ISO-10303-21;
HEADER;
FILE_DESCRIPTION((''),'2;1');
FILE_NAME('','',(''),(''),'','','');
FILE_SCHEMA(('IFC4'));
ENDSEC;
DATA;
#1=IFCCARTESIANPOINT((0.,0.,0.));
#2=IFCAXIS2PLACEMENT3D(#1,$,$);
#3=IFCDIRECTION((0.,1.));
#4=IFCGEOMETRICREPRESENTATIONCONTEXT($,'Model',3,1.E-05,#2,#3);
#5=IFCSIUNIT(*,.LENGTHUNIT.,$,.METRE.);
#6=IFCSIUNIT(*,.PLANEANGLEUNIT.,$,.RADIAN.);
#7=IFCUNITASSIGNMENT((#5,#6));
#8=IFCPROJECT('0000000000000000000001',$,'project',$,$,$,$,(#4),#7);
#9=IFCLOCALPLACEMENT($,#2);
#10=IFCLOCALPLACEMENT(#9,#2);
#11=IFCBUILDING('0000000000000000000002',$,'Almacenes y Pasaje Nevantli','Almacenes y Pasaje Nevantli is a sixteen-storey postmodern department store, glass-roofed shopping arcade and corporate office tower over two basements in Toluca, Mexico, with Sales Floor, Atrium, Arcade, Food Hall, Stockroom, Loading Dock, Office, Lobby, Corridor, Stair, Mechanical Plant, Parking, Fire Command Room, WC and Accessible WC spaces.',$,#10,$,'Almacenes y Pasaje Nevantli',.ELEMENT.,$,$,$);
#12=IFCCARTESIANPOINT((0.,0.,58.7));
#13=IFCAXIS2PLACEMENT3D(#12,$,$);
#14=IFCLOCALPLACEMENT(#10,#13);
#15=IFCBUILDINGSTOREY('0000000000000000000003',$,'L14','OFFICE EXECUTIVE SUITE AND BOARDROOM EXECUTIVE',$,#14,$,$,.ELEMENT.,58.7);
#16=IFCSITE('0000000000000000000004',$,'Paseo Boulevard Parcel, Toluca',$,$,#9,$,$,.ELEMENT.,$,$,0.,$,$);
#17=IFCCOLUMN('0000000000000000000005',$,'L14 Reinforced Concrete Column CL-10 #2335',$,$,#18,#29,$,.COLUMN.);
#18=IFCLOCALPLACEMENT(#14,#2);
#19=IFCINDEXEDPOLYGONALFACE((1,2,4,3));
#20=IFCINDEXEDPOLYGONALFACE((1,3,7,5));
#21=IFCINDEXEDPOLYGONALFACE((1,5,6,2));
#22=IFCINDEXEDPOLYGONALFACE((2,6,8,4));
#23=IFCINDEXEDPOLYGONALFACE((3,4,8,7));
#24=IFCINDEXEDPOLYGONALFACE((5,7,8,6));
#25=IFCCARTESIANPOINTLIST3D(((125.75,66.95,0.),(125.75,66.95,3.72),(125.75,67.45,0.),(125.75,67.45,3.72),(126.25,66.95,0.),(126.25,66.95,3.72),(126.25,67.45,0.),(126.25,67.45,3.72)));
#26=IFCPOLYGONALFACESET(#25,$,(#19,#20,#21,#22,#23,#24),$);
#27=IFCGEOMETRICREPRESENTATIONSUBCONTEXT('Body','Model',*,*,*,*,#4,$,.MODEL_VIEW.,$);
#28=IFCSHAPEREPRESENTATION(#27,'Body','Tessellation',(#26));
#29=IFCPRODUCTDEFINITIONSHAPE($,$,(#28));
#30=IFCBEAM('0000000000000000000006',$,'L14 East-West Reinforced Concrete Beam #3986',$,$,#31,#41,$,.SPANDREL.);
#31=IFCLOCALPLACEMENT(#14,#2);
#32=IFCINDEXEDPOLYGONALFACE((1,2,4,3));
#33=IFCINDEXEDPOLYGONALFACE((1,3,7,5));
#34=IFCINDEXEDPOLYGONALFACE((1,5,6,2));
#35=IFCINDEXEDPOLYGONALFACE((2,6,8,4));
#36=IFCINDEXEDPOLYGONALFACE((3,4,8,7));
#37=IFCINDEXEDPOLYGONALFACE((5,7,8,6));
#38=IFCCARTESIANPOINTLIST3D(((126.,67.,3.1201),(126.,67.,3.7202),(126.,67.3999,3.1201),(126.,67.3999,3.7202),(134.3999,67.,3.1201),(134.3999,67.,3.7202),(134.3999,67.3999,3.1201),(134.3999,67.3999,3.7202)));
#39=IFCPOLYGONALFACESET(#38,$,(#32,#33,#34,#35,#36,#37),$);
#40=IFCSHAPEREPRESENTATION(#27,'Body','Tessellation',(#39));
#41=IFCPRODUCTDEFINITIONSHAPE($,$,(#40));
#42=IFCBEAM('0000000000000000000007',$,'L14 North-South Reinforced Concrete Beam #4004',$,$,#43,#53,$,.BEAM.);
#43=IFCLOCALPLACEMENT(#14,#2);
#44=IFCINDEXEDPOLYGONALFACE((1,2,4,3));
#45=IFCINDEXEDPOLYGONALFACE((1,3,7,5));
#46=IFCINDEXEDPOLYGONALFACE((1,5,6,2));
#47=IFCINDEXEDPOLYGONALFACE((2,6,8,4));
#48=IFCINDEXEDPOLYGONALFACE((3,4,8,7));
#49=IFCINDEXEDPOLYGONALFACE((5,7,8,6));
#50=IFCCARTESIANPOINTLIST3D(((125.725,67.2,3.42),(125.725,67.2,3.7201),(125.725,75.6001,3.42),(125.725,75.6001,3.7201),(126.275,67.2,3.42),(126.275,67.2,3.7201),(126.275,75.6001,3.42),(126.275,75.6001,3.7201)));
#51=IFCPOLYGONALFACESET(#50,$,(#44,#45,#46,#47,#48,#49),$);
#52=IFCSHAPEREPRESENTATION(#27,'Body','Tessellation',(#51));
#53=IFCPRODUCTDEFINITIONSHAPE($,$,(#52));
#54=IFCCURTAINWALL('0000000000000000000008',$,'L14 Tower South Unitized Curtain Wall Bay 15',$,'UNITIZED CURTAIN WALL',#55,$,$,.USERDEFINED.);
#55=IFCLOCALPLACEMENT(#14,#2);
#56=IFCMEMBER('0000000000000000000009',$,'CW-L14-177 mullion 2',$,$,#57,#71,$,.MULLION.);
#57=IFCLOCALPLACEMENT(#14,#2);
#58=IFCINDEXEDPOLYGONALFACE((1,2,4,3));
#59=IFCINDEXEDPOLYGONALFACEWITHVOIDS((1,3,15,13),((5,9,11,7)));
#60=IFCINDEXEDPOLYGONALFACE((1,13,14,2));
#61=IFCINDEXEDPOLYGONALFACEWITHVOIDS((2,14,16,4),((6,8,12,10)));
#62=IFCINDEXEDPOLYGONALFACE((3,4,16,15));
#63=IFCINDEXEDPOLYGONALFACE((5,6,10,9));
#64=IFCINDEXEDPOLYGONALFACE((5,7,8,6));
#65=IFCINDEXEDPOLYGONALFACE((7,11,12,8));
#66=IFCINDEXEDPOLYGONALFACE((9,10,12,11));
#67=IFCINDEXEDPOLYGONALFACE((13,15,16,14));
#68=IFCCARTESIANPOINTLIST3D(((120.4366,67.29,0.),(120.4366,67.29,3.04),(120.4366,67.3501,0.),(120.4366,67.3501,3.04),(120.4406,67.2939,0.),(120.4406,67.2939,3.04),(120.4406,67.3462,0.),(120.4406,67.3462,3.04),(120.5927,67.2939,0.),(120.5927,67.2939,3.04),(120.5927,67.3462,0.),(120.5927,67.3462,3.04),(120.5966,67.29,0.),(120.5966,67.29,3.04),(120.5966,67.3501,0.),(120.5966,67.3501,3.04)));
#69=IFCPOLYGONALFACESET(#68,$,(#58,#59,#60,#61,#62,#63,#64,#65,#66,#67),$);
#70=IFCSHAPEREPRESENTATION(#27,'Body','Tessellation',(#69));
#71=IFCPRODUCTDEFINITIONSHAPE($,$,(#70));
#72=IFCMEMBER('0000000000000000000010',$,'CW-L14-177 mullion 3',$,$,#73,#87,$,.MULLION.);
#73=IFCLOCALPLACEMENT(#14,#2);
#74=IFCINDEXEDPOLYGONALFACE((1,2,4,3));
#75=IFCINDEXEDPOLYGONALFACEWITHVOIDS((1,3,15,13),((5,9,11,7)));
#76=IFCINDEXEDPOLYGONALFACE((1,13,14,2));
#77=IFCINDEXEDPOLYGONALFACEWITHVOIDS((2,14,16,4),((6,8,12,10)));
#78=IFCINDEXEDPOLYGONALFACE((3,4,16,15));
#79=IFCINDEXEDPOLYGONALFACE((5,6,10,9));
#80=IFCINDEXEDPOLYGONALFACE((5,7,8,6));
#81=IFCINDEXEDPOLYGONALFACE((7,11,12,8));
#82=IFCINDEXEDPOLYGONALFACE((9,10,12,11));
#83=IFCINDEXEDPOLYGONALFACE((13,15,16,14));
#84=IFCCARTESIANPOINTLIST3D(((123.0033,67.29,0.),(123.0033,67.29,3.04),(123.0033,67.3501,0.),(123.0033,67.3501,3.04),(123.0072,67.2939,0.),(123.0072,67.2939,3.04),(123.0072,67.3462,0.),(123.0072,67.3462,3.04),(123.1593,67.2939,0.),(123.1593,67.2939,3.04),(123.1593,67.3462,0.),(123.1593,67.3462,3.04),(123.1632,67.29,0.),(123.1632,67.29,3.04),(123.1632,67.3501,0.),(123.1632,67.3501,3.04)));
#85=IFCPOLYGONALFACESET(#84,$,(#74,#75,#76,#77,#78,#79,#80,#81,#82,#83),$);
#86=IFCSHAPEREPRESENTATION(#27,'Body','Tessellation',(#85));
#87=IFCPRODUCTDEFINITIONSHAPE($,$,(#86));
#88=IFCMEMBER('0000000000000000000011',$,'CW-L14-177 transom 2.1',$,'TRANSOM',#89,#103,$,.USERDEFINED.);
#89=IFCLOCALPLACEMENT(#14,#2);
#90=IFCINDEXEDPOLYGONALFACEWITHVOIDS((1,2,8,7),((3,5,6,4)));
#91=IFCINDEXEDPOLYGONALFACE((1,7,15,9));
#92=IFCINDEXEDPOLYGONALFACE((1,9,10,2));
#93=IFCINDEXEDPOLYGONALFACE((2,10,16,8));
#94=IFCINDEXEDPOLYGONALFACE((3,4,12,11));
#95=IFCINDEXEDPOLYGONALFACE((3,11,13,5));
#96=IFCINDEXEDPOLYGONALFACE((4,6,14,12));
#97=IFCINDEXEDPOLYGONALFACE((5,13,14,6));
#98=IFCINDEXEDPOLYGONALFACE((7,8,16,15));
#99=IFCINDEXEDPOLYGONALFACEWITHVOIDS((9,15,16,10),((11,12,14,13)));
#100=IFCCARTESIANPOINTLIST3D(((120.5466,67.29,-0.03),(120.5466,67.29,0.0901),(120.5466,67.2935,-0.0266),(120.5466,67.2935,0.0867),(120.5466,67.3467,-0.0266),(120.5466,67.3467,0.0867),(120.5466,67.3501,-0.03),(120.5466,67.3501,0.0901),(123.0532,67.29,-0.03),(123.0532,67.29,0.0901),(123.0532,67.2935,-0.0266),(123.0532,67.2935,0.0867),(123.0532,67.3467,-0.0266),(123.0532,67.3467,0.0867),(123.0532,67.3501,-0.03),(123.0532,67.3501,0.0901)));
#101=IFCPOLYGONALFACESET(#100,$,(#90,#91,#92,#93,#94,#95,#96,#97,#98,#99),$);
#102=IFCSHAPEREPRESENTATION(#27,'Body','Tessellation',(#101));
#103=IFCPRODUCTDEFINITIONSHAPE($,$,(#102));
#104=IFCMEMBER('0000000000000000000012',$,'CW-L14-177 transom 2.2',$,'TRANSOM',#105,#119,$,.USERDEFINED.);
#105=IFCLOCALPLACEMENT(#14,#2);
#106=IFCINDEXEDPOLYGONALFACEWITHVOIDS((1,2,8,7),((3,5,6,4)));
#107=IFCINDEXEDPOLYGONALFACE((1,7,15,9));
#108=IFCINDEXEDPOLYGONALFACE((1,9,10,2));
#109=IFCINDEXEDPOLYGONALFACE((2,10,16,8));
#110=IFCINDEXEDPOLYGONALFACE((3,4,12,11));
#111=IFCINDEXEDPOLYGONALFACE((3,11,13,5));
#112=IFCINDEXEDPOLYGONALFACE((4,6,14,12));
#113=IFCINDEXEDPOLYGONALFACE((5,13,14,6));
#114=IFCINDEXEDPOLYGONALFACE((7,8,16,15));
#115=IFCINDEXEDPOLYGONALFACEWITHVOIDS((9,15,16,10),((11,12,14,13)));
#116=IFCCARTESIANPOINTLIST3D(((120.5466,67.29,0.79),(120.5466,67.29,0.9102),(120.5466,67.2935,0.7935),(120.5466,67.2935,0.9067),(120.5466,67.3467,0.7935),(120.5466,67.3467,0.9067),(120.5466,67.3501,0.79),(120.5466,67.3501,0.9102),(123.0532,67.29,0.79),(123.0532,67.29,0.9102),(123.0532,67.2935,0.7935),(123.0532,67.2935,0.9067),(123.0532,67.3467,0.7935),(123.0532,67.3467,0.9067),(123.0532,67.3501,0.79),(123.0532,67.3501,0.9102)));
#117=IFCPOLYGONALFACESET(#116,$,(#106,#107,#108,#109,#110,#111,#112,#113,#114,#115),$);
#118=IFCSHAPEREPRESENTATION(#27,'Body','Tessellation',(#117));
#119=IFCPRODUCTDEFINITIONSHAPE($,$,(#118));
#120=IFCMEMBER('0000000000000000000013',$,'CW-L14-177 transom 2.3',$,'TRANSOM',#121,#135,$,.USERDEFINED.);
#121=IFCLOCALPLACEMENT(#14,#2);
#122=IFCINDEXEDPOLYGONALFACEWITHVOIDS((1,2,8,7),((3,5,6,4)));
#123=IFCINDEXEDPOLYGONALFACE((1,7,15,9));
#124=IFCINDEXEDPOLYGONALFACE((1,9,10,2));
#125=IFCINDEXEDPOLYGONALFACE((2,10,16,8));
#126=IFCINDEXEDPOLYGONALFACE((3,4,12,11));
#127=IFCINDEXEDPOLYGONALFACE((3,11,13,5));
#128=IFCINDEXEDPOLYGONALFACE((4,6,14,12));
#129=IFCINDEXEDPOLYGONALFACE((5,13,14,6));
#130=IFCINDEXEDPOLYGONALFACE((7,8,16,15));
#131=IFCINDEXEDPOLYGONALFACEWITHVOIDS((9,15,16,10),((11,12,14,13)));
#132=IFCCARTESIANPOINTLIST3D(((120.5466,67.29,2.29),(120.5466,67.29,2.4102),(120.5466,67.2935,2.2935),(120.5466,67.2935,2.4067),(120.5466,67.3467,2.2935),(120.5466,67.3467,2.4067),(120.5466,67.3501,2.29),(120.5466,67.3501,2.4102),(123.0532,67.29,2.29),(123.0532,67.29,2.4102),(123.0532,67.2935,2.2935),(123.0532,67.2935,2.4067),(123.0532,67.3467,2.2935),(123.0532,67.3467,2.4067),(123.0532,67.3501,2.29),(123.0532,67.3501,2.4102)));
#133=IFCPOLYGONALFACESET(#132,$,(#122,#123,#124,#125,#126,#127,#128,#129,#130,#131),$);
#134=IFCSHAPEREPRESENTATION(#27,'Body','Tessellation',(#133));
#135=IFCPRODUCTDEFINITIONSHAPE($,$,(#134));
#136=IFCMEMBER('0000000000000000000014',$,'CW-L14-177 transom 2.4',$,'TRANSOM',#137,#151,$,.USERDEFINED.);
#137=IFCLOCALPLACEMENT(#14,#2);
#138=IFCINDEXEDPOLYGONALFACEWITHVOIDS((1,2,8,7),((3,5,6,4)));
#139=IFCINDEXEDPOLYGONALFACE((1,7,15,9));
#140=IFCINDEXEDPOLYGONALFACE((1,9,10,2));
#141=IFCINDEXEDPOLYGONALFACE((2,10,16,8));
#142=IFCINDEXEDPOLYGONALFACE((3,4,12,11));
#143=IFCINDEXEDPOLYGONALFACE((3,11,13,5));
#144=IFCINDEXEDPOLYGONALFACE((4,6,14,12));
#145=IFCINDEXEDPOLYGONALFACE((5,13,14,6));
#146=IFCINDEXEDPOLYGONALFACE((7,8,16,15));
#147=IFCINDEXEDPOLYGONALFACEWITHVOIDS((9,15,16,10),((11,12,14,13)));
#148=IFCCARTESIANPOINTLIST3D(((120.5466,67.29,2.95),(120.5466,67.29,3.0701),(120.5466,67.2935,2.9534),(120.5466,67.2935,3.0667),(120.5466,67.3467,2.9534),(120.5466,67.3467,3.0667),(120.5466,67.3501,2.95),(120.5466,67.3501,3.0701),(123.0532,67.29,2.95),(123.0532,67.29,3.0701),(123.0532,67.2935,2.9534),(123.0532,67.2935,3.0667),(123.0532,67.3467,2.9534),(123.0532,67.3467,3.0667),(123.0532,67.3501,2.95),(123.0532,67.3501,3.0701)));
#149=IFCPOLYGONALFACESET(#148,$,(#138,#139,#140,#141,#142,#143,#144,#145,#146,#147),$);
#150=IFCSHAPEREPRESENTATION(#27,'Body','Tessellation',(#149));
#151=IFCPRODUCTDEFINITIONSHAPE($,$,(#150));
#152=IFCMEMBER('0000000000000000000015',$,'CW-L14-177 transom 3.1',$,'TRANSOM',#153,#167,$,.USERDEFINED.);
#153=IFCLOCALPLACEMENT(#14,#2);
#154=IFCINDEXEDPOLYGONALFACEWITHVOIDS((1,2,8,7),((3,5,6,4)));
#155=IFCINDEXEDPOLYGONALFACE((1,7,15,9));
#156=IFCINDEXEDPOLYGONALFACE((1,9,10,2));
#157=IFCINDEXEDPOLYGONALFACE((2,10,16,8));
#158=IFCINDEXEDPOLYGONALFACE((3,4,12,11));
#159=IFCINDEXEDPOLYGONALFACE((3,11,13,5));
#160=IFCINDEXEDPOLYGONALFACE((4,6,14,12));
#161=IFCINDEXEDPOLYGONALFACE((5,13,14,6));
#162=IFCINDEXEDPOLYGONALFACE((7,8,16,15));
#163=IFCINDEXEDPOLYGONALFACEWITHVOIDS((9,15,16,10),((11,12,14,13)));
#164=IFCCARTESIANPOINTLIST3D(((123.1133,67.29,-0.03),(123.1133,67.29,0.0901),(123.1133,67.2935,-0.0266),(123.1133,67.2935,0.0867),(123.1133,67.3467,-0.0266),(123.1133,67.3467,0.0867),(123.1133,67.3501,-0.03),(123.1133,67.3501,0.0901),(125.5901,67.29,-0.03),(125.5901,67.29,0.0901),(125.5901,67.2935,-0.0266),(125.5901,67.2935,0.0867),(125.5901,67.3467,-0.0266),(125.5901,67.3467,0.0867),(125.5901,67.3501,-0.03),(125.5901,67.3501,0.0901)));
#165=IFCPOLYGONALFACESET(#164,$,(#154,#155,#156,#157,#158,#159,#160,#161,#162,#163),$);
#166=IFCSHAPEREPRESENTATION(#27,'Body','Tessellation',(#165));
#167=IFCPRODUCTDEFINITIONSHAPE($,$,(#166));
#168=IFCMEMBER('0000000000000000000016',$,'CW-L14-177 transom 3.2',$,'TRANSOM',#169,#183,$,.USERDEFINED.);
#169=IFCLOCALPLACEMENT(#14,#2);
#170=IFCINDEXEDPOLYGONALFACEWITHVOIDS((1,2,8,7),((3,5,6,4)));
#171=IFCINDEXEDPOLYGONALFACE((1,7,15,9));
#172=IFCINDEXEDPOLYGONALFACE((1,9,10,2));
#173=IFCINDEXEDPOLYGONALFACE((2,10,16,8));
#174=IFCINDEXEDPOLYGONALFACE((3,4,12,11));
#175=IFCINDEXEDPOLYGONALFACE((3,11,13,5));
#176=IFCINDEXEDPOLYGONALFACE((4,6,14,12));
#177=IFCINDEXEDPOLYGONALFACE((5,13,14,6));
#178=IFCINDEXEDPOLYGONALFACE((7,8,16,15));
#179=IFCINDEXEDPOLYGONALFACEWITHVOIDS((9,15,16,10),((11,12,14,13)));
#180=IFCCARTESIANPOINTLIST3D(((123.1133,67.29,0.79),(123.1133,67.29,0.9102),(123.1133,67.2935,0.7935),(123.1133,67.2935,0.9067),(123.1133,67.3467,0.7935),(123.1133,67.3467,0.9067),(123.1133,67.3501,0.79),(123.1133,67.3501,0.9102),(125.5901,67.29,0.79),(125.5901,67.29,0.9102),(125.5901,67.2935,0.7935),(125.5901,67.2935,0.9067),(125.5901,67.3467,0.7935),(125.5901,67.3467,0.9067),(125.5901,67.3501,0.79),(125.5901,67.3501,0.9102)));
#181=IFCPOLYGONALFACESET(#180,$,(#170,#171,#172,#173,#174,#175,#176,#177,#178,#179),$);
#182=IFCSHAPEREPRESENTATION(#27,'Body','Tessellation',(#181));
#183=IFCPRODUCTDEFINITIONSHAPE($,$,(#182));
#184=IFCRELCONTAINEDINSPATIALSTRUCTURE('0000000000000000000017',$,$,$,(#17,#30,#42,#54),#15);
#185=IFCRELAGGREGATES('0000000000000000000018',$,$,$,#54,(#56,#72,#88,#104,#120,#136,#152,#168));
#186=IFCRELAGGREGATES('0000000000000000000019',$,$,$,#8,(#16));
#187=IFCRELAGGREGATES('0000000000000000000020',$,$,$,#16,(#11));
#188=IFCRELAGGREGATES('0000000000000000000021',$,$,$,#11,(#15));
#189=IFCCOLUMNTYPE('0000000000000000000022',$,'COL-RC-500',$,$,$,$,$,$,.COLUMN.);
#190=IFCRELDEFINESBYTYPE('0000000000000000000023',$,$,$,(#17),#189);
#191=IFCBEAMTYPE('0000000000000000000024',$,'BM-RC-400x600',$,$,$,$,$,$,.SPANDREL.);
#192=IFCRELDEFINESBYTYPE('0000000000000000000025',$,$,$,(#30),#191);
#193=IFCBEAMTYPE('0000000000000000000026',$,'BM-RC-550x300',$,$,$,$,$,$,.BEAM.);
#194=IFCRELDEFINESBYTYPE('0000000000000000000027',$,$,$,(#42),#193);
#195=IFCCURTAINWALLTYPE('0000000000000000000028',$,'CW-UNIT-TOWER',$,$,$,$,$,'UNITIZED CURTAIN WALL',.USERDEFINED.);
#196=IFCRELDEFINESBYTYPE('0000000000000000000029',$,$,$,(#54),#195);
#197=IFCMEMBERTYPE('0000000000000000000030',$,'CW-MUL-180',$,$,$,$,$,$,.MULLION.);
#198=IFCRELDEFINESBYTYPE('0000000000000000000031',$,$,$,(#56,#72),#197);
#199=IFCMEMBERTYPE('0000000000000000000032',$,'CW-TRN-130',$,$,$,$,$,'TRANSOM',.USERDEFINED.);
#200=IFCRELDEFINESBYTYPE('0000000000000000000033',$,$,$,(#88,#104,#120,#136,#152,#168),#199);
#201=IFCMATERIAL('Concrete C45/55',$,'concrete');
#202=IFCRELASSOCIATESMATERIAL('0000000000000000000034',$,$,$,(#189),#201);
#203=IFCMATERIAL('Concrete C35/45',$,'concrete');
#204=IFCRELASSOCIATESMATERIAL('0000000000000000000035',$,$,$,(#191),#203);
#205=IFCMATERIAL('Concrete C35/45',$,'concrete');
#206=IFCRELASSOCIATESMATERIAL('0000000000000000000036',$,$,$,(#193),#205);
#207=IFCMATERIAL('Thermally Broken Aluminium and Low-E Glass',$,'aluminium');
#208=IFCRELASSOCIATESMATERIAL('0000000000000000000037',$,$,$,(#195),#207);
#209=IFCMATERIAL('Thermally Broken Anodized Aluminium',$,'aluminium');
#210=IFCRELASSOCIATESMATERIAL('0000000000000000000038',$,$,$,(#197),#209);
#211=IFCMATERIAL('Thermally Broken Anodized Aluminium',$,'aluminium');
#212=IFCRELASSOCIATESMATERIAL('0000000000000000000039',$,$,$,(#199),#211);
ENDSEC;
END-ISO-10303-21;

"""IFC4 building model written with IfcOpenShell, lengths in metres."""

from ifc_helpers import new_model, si_unit, direction, frame, origin, origin_2d, place, context, subcontext, project, spatial, rectangle, hollow_rectangle, extrude, material, material_profile, profile_set, type_object, element, aggregate, save


model = new_model("IFC4")

# Units and contexts
model_context = context("Model", 3, precision=1e-05, world=origin(), true_north=direction((0.0, 1.0)))
body_context = subcontext(model_context, "Body", "Model", "MODEL_VIEW")
ifc_project = project(units=[si_unit("LENGTHUNIT", "METRE"), si_unit("PLANEANGLEUNIT", "RADIAN")], contexts=[model_context])

# Site, building, storey
site_placement = place(None, origin())
site = spatial("IfcSite", under=ifc_project, at=site_placement, Name="Paseo Boulevard Parcel, Toluca", CompositionType="ELEMENT", RefElevation=0.0)
building_placement = place(site_placement, origin())
building = spatial("IfcBuilding", under=site, at=building_placement, Name="Almacenes y Pasaje Nevantli", Description="Almacenes y Pasaje Nevantli is a sixteen-storey postmodern department store, glass-roofed shopping arcade and corporate office tower over two basements in Toluca, Mexico, with Sales Floor, Atrium, Arcade, Food Hall, Stockroom, Loading Dock, Office, Lobby, Corridor, Stair, Mechanical Plant, Parking, Fire Command Room, WC and Accessible WC spaces.", LongName="Almacenes y Pasaje Nevantli", CompositionType="ELEMENT")
storey_placement = place(building_placement, frame((0.0, 0.0, 58.7)))
storey = spatial("IfcBuildingStorey", under=building, at=storey_placement, Name="L14", Description="OFFICE EXECUTIVE SUITE AND BOARDROOM EXECUTIVE", CompositionType="ELEMENT", Elevation=58.7)

# Column
ifc_material_1 = material(Name="Concrete C45/55", Category="concrete")
ifc_material_profile_1 = material_profile(ifc_material_1, rectangle(XDim=0.5, YDim=0.5, at=origin_2d()), Name="RC-COL-500x500")
ifc_profile_set_1 = profile_set([ifc_material_profile_1], Name="Concrete C45/55")
column_type = type_object("IfcColumnType", Name="COL-RC-500", PredefinedType="COLUMN", material=ifc_profile_set_1)
column_placement = place(storey_placement, frame((126.0, 67.2, 0.0), z_axis=(0.0, 0.0, 1.0), x_axis=(1.0, 0.0, 0.0)))
element("IfcColumn", 1, at=column_placement, inside=storey, type_object=column_type, Name="L14 Reinforced Concrete Column CL-10 #2335", PredefinedType="COLUMN", context=body_context, shape_type="SweptSolid", body=[
    extrude(rectangle(XDim=0.5, YDim=0.5, at=origin_2d()), origin(), (0.0, 0.0, 1.0), 3.72),
])

# Beams
ifc_material_2 = material(Name="Concrete C35/45", Category="concrete")
ifc_material_profile_2 = material_profile(ifc_material_2, rectangle(XDim=0.3999, YDim=0.6001, at=origin_2d()), Name="RC-BM-400x600")
ifc_profile_set_2 = profile_set([ifc_material_profile_2], Name="Concrete C35/45")
beam_type_1 = type_object("IfcBeamType", Name="BM-RC-400x600", PredefinedType="SPANDREL", material=ifc_profile_set_2)
beam_1_placement = place(storey_placement, frame((126.0, 67.2, 3.4202), z_axis=(1.0, 0.0, 0.0), x_axis=(0.0, 1.0, 0.0)))
element("IfcBeam", 2, at=beam_1_placement, inside=storey, type_object=beam_type_1, Name="L14 East-West Reinforced Concrete Beam #3986", PredefinedType="SPANDREL", context=body_context, shape_type="SweptSolid", body=[
    extrude(rectangle(XDim=0.3999, YDim=0.6001, at=origin_2d()), origin(), (0.0, 0.0, 1.0), 8.3999),
])
ifc_material_3 = material(Name="Concrete C35/45", Category="concrete")
ifc_material_profile_3 = material_profile(ifc_material_3, rectangle(XDim=0.55, YDim=0.3, at=origin_2d()), Name="RC-BM-550x300")
ifc_profile_set_3 = profile_set([ifc_material_profile_3], Name="Concrete C35/45")
beam_type_2 = type_object("IfcBeamType", Name="BM-RC-550x300", PredefinedType="BEAM", material=ifc_profile_set_3)
beam_2_placement = place(storey_placement, frame((126.0, 67.2, 3.5701), z_axis=(0.0, 1.0, 0.0), x_axis=(-1.0, 0.0, 0.0)))
element("IfcBeam", 3, at=beam_2_placement, inside=storey, type_object=beam_type_2, Name="L14 North-South Reinforced Concrete Beam #4004", PredefinedType="BEAM", context=body_context, shape_type="SweptSolid", body=[
    extrude(rectangle(XDim=0.55, YDim=0.3, at=origin_2d()), origin(), (0.0, 0.0, 1.0), 8.4001),
])

# Curtain wall, members
ifc_material_4 = material(Name="Thermally Broken Aluminium and Low-E Glass", Category="aluminium")
curtain_wall_type = type_object("IfcCurtainWallType", Name="CW-UNIT-TOWER", ElementType="UNITIZED CURTAIN WALL", PredefinedType="USERDEFINED", material=ifc_material_4)
curtain_wall_placement = place(storey_placement, origin())
curtain_wall = element("IfcCurtainWall", 4, at=curtain_wall_placement, inside=storey, type_object=curtain_wall_type, Name="L14 Tower South Unitized Curtain Wall Bay 15", ObjectType="UNITIZED CURTAIN WALL", PredefinedType="USERDEFINED")
ifc_material_5 = material(Name="Thermally Broken Anodized Aluminium", Category="aluminium")
ifc_material_profile_4 = material_profile(ifc_material_5, hollow_rectangle(XDim=0.0601, YDim=0.1599, WallThickness=0.0039, at=origin_2d()), Name="ALU-MUL-60x160")
ifc_profile_set_4 = profile_set([ifc_material_profile_4], Name="Thermally Broken Anodized Aluminium")
member_type_1 = type_object("IfcMemberType", Name="CW-MUL-180", PredefinedType="MULLION", material=ifc_profile_set_4)
member_1_placement = place(storey_placement, frame((120.5166, 67.3201, 0.0), z_axis=(0.0, 0.0, 1.0), x_axis=(0.0, 1.0, 0.0)))
member_1 = element("IfcMember", 5, at=member_1_placement, type_object=member_type_1, Name="CW-L14-177 mullion 2", PredefinedType="MULLION", context=body_context, shape_type="SweptSolid", body=[
    extrude(hollow_rectangle(XDim=0.0601, YDim=0.1599, WallThickness=0.0039, at=origin_2d()), origin(), (0.0, 0.0, 1.0), 3.04),
])
member_2_placement = place(storey_placement, frame((123.0833, 67.3201, 0.0), z_axis=(0.0, 0.0, 1.0), x_axis=(0.0, 1.0, 0.0)))
member_2 = element("IfcMember", 6, at=member_2_placement, type_object=member_type_1, Name="CW-L14-177 mullion 3", PredefinedType="MULLION", context=body_context, shape_type="SweptSolid", body=[
    extrude(hollow_rectangle(XDim=0.0601, YDim=0.1599, WallThickness=0.0039, at=origin_2d()), origin(), (0.0, 0.0, 1.0), 3.04),
])
ifc_material_6 = material(Name="Thermally Broken Anodized Aluminium", Category="aluminium")
ifc_material_profile_5 = material_profile(ifc_material_6, hollow_rectangle(XDim=0.0601, YDim=0.1201, WallThickness=0.0034, at=origin_2d()), Name="ALU-TRN-60x120")
ifc_profile_set_5 = profile_set([ifc_material_profile_5], Name="Thermally Broken Anodized Aluminium")
member_type_2 = type_object("IfcMemberType", Name="CW-TRN-130", ElementType="TRANSOM", PredefinedType="USERDEFINED", material=ifc_profile_set_5)
member_3_placement = place(storey_placement, frame((120.5466, 67.3201, 0.03), z_axis=(1.0, 0.0, 0.0), x_axis=(0.0, 1.0, 0.0)))
member_3 = element("IfcMember", 7, at=member_3_placement, type_object=member_type_2, Name="CW-L14-177 transom 2.1", ObjectType="TRANSOM", PredefinedType="USERDEFINED", context=body_context, shape_type="SweptSolid", body=[
    extrude(hollow_rectangle(XDim=0.0601, YDim=0.1201, WallThickness=0.0034, at=origin_2d()), origin(), (0.0, 0.0, 1.0), 2.5066),
])
member_4_placement = place(storey_placement, frame((120.5466, 67.3201, 0.8501), z_axis=(1.0, 0.0, 0.0), x_axis=(0.0, 1.0, 0.0)))
member_4 = element("IfcMember", 8, at=member_4_placement, type_object=member_type_2, Name="CW-L14-177 transom 2.2", ObjectType="TRANSOM", PredefinedType="USERDEFINED", context=body_context, shape_type="SweptSolid", body=[
    extrude(hollow_rectangle(XDim=0.0601, YDim=0.1201, WallThickness=0.0034, at=origin_2d()), origin(), (0.0, 0.0, 1.0), 2.5066),
])
member_5_placement = place(storey_placement, frame((120.5466, 67.3201, 2.3501), z_axis=(1.0, 0.0, 0.0), x_axis=(0.0, 1.0, 0.0)))
member_5 = element("IfcMember", 9, at=member_5_placement, type_object=member_type_2, Name="CW-L14-177 transom 2.3", ObjectType="TRANSOM", PredefinedType="USERDEFINED", context=body_context, shape_type="SweptSolid", body=[
    extrude(hollow_rectangle(XDim=0.0601, YDim=0.1201, WallThickness=0.0034, at=origin_2d()), origin(), (0.0, 0.0, 1.0), 2.5066),
])
member_6_placement = place(storey_placement, frame((120.5466, 67.3201, 3.01), z_axis=(1.0, 0.0, 0.0), x_axis=(0.0, 1.0, 0.0)))
member_6 = element("IfcMember", 10, at=member_6_placement, type_object=member_type_2, Name="CW-L14-177 transom 2.4", ObjectType="TRANSOM", PredefinedType="USERDEFINED", context=body_context, shape_type="SweptSolid", body=[
    extrude(hollow_rectangle(XDim=0.0601, YDim=0.1201, WallThickness=0.0034, at=origin_2d()), origin(), (0.0, 0.0, 1.0), 2.5066),
])
member_7_placement = place(storey_placement, frame((123.1133, 67.3201, 0.03), z_axis=(1.0, 0.0, 0.0), x_axis=(0.0, 1.0, 0.0)))
member_7 = element("IfcMember", 11, at=member_7_placement, type_object=member_type_2, Name="CW-L14-177 transom 3.1", ObjectType="TRANSOM", PredefinedType="USERDEFINED", context=body_context, shape_type="SweptSolid", body=[
    extrude(hollow_rectangle(XDim=0.0601, YDim=0.1201, WallThickness=0.0034, at=origin_2d()), origin(), (0.0, 0.0, 1.0), 2.4768),
])
member_8_placement = place(storey_placement, frame((123.1133, 67.3201, 0.8501), z_axis=(1.0, 0.0, 0.0), x_axis=(0.0, 1.0, 0.0)))
member_8 = element("IfcMember", 12, at=member_8_placement, type_object=member_type_2, Name="CW-L14-177 transom 3.2", ObjectType="TRANSOM", PredefinedType="USERDEFINED", context=body_context, shape_type="SweptSolid", body=[
    extrude(hollow_rectangle(XDim=0.0601, YDim=0.1201, WallThickness=0.0034, at=origin_2d()), origin(), (0.0, 0.0, 1.0), 2.4768),
])
aggregate(curtain_wall, [member_1, member_2, member_3, member_4, member_5, member_6, member_7, member_8])

save(model, "model.ifc")
